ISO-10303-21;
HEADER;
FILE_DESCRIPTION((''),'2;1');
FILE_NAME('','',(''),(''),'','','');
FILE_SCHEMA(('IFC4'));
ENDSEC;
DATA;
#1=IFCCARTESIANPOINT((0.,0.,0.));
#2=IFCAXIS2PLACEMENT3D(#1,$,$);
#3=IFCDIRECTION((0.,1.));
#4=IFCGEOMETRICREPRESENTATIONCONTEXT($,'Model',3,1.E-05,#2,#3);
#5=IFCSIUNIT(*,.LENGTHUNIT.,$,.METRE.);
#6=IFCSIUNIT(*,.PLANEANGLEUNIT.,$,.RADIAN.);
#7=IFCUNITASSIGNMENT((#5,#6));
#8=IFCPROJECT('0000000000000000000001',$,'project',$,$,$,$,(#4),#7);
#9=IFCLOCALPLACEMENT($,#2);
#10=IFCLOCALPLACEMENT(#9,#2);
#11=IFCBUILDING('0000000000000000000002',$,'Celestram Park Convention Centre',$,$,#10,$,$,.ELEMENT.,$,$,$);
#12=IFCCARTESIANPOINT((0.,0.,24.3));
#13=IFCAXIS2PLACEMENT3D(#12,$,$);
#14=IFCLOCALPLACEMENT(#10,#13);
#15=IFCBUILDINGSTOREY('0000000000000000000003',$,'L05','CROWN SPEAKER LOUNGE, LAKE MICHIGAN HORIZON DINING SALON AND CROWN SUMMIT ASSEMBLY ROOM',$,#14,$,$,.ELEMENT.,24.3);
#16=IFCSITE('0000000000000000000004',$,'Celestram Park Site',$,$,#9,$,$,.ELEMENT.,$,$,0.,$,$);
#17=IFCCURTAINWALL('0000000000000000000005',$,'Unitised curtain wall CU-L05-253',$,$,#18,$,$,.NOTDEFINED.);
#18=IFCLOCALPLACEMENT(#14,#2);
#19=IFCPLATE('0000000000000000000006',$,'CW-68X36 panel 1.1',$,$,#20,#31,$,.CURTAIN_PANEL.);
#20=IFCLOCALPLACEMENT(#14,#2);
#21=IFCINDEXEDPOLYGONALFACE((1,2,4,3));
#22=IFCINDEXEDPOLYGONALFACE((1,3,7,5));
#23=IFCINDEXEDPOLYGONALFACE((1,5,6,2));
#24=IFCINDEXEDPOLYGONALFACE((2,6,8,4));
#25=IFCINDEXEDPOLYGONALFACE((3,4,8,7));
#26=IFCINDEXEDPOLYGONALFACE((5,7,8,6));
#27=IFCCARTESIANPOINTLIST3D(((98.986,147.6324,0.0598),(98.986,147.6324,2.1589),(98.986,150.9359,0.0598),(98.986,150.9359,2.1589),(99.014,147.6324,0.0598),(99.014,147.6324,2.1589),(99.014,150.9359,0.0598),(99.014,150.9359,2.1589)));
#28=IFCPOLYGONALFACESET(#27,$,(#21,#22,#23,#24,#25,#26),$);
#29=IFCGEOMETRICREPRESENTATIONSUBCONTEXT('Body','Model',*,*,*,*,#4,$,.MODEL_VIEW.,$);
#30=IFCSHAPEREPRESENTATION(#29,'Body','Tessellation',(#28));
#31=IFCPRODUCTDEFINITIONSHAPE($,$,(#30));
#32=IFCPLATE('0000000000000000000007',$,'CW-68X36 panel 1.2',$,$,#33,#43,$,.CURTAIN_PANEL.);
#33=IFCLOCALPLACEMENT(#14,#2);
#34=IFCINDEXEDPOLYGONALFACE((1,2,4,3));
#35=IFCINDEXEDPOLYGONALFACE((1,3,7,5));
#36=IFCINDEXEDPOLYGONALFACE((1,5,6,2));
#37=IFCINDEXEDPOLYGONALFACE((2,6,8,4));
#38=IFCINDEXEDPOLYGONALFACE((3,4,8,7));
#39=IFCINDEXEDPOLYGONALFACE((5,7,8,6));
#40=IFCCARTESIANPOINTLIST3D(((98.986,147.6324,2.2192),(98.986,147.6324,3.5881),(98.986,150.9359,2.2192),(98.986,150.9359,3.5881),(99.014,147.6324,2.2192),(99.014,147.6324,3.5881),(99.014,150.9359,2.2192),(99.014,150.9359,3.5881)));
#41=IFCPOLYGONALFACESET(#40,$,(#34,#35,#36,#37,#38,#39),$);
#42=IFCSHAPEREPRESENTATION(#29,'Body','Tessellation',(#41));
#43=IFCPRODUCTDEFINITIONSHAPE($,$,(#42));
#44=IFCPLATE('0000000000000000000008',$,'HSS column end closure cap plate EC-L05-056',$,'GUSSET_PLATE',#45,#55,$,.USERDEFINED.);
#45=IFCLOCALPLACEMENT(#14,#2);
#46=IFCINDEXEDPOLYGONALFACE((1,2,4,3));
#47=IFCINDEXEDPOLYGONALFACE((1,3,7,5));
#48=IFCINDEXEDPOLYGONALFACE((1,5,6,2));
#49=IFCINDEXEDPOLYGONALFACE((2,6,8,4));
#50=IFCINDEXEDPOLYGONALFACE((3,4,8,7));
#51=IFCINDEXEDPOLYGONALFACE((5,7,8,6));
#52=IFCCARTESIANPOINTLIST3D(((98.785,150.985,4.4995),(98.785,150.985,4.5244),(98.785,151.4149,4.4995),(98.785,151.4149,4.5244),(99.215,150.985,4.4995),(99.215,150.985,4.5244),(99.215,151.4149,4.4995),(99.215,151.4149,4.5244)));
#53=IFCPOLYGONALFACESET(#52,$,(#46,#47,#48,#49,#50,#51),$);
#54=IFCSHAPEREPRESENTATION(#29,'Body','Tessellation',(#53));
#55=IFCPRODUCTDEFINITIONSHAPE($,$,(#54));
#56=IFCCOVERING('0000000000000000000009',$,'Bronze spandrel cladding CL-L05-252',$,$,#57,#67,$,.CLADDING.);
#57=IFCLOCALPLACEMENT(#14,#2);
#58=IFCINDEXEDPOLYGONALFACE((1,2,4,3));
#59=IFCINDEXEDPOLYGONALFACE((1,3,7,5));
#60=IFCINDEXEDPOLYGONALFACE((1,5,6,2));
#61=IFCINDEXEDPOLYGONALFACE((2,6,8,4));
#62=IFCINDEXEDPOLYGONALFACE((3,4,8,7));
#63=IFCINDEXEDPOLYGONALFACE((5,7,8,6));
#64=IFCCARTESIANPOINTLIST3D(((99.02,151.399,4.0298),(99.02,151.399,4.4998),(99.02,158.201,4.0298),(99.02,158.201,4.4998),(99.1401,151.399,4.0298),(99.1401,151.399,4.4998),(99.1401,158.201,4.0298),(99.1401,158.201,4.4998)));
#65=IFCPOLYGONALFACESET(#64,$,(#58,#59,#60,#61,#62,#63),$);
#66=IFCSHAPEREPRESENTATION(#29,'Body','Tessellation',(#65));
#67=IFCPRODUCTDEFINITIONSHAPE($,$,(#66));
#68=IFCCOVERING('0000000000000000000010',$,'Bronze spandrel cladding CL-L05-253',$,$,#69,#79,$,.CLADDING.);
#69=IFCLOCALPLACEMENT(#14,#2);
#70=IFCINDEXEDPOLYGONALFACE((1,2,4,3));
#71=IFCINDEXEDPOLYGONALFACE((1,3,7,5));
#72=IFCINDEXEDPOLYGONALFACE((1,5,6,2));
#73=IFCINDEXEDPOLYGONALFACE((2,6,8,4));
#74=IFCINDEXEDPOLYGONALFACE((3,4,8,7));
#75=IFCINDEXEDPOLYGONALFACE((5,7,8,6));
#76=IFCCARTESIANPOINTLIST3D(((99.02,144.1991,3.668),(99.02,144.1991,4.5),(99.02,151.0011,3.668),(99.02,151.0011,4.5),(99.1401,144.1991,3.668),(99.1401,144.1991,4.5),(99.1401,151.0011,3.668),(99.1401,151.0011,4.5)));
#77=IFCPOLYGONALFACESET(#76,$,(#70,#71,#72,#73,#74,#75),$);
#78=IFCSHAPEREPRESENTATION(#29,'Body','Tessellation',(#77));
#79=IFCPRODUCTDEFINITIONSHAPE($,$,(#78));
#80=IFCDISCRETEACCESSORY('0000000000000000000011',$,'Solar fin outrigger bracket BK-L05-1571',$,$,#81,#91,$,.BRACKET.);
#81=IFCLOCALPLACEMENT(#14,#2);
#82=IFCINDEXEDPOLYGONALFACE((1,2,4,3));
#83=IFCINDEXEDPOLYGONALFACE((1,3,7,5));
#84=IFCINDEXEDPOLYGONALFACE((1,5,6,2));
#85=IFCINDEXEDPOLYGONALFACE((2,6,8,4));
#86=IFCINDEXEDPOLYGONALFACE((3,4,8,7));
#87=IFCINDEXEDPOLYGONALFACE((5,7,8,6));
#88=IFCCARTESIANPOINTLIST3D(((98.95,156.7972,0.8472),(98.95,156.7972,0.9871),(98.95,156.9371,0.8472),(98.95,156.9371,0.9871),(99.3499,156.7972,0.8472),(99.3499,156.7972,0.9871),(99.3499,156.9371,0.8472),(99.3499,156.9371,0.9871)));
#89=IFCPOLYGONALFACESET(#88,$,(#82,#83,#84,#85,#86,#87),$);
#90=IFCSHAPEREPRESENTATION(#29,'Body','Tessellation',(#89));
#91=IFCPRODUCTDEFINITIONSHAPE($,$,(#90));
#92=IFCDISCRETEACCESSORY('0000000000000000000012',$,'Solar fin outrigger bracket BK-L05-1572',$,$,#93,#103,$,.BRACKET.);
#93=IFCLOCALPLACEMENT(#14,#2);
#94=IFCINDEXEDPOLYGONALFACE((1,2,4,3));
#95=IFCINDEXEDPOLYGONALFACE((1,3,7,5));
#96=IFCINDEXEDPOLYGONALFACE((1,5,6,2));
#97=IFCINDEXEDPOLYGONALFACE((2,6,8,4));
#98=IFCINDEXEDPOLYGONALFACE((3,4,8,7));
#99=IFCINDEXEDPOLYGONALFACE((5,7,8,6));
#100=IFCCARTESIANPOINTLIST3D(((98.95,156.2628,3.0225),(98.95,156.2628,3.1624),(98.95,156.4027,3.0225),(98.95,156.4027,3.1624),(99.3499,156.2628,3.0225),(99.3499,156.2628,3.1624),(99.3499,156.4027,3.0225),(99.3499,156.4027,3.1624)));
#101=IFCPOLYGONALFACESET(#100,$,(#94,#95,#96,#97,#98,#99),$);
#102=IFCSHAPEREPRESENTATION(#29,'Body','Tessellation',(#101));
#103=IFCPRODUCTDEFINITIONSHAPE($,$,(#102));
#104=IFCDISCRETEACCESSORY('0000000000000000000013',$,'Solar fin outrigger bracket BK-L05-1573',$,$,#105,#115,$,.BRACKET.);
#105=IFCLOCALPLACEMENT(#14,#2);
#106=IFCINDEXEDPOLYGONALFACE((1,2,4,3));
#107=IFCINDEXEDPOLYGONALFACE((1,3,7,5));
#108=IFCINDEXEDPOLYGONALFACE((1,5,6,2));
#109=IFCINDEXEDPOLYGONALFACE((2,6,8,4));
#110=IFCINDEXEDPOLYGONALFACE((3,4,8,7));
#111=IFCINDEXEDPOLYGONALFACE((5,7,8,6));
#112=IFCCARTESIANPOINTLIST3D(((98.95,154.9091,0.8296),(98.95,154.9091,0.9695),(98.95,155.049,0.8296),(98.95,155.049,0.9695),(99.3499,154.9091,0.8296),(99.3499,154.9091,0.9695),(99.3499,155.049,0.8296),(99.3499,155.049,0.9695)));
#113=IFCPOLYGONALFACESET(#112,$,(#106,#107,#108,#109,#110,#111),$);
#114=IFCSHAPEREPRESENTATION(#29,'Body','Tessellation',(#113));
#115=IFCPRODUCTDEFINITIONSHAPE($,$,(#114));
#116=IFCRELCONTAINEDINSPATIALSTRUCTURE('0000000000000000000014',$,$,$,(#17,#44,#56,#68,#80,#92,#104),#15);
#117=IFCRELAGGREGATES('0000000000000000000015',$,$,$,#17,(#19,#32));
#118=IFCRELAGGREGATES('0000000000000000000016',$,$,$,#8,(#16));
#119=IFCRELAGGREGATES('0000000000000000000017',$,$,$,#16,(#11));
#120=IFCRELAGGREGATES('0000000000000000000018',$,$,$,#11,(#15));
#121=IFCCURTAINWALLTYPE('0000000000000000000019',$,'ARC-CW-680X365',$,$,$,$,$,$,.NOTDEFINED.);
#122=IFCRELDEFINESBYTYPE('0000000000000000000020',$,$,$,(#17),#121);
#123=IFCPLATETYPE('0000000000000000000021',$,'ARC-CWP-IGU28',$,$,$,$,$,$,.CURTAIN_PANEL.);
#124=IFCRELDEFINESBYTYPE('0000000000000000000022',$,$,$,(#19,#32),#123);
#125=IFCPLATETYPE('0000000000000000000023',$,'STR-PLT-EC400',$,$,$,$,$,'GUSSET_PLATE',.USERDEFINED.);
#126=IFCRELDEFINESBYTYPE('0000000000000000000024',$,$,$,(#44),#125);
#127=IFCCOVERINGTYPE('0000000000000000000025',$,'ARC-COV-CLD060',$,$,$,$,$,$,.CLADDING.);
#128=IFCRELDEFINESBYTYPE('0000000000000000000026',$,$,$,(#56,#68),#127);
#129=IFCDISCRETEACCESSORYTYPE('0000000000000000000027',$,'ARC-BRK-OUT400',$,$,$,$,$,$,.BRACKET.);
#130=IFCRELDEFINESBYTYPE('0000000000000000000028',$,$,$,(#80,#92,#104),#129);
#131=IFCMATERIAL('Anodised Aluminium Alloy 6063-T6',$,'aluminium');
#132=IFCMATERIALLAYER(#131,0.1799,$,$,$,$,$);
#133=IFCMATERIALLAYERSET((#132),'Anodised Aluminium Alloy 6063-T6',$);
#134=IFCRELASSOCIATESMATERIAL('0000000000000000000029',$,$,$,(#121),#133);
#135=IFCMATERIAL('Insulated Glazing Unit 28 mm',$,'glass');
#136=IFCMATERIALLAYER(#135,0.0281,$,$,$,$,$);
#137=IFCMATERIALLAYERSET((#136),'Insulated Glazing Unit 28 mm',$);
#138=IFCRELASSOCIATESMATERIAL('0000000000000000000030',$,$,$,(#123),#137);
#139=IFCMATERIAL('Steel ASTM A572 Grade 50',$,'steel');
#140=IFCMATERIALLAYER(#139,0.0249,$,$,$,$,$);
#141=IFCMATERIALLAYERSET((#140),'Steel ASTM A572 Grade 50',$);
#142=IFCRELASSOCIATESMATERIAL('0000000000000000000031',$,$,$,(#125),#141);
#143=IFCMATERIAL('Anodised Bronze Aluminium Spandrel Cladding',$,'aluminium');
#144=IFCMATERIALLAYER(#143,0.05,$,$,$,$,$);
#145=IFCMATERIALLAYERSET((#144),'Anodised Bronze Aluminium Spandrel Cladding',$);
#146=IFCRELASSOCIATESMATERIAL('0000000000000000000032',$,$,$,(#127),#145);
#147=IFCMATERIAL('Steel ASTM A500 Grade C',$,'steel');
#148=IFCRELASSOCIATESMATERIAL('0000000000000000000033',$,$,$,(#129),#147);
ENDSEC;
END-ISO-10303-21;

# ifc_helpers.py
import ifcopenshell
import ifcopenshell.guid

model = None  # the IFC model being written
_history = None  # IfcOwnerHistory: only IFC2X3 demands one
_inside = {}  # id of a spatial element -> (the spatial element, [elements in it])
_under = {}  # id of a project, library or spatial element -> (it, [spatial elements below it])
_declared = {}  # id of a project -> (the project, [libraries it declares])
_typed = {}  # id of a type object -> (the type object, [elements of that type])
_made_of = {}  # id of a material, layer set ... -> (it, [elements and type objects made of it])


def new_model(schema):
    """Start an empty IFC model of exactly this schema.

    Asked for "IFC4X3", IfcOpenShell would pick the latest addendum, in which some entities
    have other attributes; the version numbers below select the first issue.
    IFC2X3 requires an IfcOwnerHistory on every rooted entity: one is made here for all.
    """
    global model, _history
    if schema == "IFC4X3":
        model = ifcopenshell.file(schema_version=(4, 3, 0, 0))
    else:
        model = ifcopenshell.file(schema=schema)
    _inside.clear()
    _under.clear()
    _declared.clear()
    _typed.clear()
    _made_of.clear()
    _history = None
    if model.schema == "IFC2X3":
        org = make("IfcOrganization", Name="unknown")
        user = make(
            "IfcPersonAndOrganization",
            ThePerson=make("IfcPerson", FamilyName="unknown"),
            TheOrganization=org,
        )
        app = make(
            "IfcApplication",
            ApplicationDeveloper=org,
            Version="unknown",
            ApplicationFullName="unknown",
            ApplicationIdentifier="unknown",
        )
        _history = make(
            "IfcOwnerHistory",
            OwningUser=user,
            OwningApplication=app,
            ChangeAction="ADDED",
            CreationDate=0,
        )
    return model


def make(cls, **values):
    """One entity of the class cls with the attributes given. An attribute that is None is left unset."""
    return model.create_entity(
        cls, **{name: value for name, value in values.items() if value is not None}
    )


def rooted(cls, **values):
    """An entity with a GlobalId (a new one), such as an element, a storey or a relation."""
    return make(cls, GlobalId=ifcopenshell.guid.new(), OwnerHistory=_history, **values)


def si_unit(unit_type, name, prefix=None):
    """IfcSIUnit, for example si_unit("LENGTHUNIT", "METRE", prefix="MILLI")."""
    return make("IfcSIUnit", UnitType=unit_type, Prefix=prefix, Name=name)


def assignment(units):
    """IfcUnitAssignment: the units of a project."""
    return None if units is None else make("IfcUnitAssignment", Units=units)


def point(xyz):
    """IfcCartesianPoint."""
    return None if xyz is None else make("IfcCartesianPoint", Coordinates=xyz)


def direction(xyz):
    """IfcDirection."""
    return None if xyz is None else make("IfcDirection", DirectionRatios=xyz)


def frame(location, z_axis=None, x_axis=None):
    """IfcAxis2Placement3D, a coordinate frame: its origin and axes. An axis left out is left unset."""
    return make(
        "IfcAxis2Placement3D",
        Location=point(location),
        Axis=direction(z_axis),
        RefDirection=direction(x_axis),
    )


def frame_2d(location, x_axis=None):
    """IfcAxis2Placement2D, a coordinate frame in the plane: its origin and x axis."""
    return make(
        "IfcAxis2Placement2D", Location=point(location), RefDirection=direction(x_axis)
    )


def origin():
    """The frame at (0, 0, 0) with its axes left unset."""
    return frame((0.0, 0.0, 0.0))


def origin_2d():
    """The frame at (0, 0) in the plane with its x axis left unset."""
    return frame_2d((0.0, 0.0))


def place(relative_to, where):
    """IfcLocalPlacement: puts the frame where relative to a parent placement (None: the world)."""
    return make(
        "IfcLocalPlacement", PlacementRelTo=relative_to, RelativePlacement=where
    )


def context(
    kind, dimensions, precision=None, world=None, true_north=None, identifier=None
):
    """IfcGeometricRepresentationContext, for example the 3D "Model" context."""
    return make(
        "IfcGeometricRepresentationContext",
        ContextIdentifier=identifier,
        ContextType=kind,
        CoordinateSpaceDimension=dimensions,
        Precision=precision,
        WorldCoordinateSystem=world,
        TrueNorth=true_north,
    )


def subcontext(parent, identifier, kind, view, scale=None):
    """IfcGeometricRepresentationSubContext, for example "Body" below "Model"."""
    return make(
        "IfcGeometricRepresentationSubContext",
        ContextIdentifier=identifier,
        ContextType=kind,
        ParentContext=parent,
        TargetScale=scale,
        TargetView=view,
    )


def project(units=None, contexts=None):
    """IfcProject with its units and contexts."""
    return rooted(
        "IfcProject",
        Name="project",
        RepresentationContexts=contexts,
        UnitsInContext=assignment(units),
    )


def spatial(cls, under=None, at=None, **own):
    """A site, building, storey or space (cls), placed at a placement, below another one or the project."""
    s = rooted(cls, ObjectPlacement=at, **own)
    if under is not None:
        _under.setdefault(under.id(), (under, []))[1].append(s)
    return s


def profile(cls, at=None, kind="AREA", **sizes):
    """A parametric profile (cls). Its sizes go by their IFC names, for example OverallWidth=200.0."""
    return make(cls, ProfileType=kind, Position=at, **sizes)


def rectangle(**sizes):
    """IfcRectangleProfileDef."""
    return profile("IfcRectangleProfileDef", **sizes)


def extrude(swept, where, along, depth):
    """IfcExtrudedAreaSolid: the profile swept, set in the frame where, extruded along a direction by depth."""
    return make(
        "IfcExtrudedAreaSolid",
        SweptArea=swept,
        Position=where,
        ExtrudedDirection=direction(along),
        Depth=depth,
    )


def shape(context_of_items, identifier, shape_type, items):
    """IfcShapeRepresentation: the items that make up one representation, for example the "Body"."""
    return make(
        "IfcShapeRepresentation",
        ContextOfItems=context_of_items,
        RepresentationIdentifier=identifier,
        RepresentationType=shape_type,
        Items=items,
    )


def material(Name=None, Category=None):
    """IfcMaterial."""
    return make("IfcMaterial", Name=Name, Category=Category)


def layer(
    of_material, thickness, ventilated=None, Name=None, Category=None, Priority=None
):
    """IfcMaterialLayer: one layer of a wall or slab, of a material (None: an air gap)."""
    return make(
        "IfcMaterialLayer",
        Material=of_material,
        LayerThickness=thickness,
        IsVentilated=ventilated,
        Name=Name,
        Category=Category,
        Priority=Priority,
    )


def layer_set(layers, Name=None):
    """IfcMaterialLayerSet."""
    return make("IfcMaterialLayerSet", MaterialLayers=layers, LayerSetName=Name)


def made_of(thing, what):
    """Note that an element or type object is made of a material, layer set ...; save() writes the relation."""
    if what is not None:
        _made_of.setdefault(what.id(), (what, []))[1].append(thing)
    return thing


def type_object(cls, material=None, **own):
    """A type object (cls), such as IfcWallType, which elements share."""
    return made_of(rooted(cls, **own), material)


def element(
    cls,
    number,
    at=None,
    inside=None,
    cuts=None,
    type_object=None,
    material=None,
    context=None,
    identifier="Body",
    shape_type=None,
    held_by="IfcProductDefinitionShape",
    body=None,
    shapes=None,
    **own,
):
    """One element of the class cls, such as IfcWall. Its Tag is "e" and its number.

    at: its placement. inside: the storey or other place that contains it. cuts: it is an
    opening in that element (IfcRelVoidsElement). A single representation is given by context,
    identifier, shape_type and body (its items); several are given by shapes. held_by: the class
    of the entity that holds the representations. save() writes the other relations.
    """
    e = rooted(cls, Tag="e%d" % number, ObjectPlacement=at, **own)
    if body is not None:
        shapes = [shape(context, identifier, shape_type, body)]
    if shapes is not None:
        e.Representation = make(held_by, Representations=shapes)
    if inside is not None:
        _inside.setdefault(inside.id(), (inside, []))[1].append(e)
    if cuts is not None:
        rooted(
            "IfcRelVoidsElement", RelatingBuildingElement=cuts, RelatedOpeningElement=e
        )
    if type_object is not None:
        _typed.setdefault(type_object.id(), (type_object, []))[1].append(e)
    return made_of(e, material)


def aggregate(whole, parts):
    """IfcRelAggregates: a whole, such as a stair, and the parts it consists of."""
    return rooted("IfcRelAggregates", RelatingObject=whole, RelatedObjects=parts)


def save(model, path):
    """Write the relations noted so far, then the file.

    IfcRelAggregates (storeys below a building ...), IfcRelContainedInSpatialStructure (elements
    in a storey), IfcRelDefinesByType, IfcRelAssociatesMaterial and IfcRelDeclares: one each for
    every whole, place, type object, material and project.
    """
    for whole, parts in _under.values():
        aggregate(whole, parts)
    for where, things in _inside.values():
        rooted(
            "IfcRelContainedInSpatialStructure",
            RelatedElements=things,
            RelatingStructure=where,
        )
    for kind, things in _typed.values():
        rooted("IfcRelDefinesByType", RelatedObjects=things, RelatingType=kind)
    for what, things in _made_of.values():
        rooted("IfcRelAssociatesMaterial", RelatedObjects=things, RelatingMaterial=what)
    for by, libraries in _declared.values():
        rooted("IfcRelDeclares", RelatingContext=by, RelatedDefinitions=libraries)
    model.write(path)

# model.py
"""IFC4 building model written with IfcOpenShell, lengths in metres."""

from ifc_helpers import new_model, si_unit, direction, frame, origin, origin_2d, place, context, subcontext, project, spatial, rectangle, extrude, material, layer, layer_set, type_object, element, aggregate, save


model = new_model("IFC4")

# Units and contexts
model_context = context("Model", 3, precision=1e-05, world=origin(), true_north=direction((0.0, 1.0)))
body_context = subcontext(model_context, "Body", "Model", "MODEL_VIEW")
ifc_project = project(units=[si_unit("LENGTHUNIT", "METRE"), si_unit("PLANEANGLEUNIT", "RADIAN")], contexts=[model_context])

# Site, building, storey
site_placement = place(None, origin())
site = spatial("IfcSite", under=ifc_project, at=site_placement, Name="Celestram Park Site", CompositionType="ELEMENT", RefElevation=0.0)
building_placement = place(site_placement, origin())
building = spatial("IfcBuilding", under=site, at=building_placement, Name="Celestram Park Convention Centre", CompositionType="ELEMENT")
storey_placement = place(building_placement, frame((0.0, 0.0, 24.3)))
storey = spatial("IfcBuildingStorey", under=building, at=storey_placement, Name="L05", Description="CROWN SPEAKER LOUNGE, LAKE MICHIGAN HORIZON DINING SALON AND CROWN SUMMIT ASSEMBLY ROOM", CompositionType="ELEMENT", Elevation=24.3)

# Shared definitions
ifc_material_1 = material(Name="Steel ASTM A500 Grade C", Category="steel")

# Curtain wall
ifc_material_2 = material(Name="Anodised Aluminium Alloy 6063-T6", Category="aluminium")
ifc_layer_1 = layer(ifc_material_2, 0.1799)
ifc_layer_set_1 = layer_set([ifc_layer_1], Name="Anodised Aluminium Alloy 6063-T6")
curtain_wall_type_1 = type_object("IfcCurtainWallType", Name="ARC-CW-680X365", PredefinedType="NOTDEFINED", material=ifc_layer_set_1)
curtain_wall_1_placement = place(storey_placement, origin())
curtain_wall_1 = element("IfcCurtainWall", 1, at=curtain_wall_1_placement, inside=storey, type_object=curtain_wall_type_1, Name="Unitised curtain wall CU-L05-253", PredefinedType="NOTDEFINED")

# Plates
ifc_material_3 = material(Name="Insulated Glazing Unit 28 mm", Category="glass")
ifc_layer_2 = layer(ifc_material_3, 0.0281)
ifc_layer_set_2 = layer_set([ifc_layer_2], Name="Insulated Glazing Unit 28 mm")
plate_type_1 = type_object("IfcPlateType", Name="ARC-CWP-IGU28", PredefinedType="CURTAIN_PANEL", material=ifc_layer_set_2)
plate_1_placement = place(storey_placement, frame((99.0, 149.2842, 0.0598), z_axis=(0.0, 0.0, 1.0), x_axis=(0.0, -1.0, 0.0)))
plate_1 = element("IfcPlate", 2, at=plate_1_placement, type_object=plate_type_1, Name="CW-68X36 panel 1.1", PredefinedType="CURTAIN_PANEL", context=body_context, shape_type="SweptSolid", body=[
    extrude(rectangle(XDim=3.3035, YDim=0.0281, at=origin_2d()), origin(), (0.0, 0.0, 1.0), 2.0991),
])
plate_2_placement = place(storey_placement, frame((99.0, 149.2842, 2.2192), z_axis=(0.0, 0.0, 1.0), x_axis=(0.0, -1.0, 0.0)))
plate_2 = element("IfcPlate", 3, at=plate_2_placement, type_object=plate_type_1, Name="CW-68X36 panel 1.2", PredefinedType="CURTAIN_PANEL", context=body_context, shape_type="SweptSolid", body=[
    extrude(rectangle(XDim=3.3035, YDim=0.0281, at=origin_2d()), origin(), (0.0, 0.0, 1.0), 1.3689),
])
aggregate(curtain_wall_1, [plate_1, plate_2])
ifc_material_4 = material(Name="Steel ASTM A572 Grade 50", Category="steel")
ifc_layer_3 = layer(ifc_material_4, 0.0249)
ifc_layer_set_3 = layer_set([ifc_layer_3], Name="Steel ASTM A572 Grade 50")
plate_type_2 = type_object("IfcPlateType", Name="STR-PLT-EC400", ElementType="GUSSET_PLATE", PredefinedType="USERDEFINED", material=ifc_layer_set_3)
plate_3_placement = place(storey_placement, frame((99.0, 151.2, 4.4995), z_axis=(0.0, 0.0, 1.0), x_axis=(1.0, 0.0, 0.0)))
element("IfcPlate", 4, at=plate_3_placement, inside=storey, type_object=plate_type_2, Name="HSS column end closure cap plate EC-L05-056", ObjectType="GUSSET_PLATE", PredefinedType="USERDEFINED", context=body_context, shape_type="SweptSolid", body=[
    extrude(rectangle(XDim=0.4299, YDim=0.4299, at=origin_2d()), origin(), (0.0, 0.0, 1.0), 0.0249),
])

# Coverings
ifc_material_5 = material(Name="Anodised Bronze Aluminium Spandrel Cladding", Category="aluminium")
ifc_layer_4 = layer(ifc_material_5, 0.05)
ifc_layer_set_4 = layer_set([ifc_layer_4], Name="Anodised Bronze Aluminium Spandrel Cladding")
covering_type = type_object("IfcCoveringType", Name="ARC-COV-CLD060", PredefinedType="CLADDING", material=ifc_layer_set_4)
covering_1_placement = place(storey_placement, frame((99.0801, 154.8, 4.0298), z_axis=(0.0, 0.0, 1.0), x_axis=(0.0, -1.0, 0.0)))
element("IfcCovering", 5, at=covering_1_placement, inside=storey, type_object=covering_type, Name="Bronze spandrel cladding CL-L05-252", PredefinedType="CLADDING", context=body_context, shape_type="SweptSolid", body=[
    extrude(rectangle(XDim=6.802, YDim=0.1201, at=origin_2d()), origin(), (0.0, 0.0, 1.0), 0.47),
])
covering_2_placement = place(storey_placement, frame((99.0801, 147.6001, 3.668), z_axis=(0.0, 0.0, 1.0), x_axis=(0.0, -1.0, 0.0)))
element("IfcCovering", 6, at=covering_2_placement, inside=storey, type_object=covering_type, Name="Bronze spandrel cladding CL-L05-253", PredefinedType="CLADDING", context=body_context, shape_type="SweptSolid", body=[
    extrude(rectangle(XDim=6.802, YDim=0.1201, at=origin_2d()), origin(), (0.0, 0.0, 1.0), 0.832),
])

# Discrete accessories
discrete_accessory_type = type_object("IfcDiscreteAccessoryType", Name="ARC-BRK-OUT400", PredefinedType="BRACKET", material=ifc_material_1)
for number, where, z_axis, x_axis, name in (
    (7, (99.1499, 156.8672, 0.8472), (0.0, 0.0, 1.0), (1.0, 0.0, 0.0), "Solar fin outrigger bracket BK-L05-1571"),
    (8, (99.1499, 156.3328, 3.0225), (0.0, 0.0, 1.0), (1.0, 0.0, 0.0), "Solar fin outrigger bracket BK-L05-1572"),
    (9, (99.1499, 154.979, 0.8296), (0.0, 0.0, 1.0), (1.0, 0.0, 0.0), "Solar fin outrigger bracket BK-L05-1573"),
):
    element("IfcDiscreteAccessory", number, at=place(storey_placement, frame(where, z_axis=z_axis, x_axis=x_axis)), inside=storey, type_object=discrete_accessory_type, Name=name, PredefinedType="BRACKET", context=body_context, shape_type="SweptSolid", body=[
        extrude(rectangle(XDim=0.3999, YDim=0.1399, at=origin_2d()), origin(), (0.0, 0.0, 1.0), 0.1399),
    ])

save(model, "model.ifc")
